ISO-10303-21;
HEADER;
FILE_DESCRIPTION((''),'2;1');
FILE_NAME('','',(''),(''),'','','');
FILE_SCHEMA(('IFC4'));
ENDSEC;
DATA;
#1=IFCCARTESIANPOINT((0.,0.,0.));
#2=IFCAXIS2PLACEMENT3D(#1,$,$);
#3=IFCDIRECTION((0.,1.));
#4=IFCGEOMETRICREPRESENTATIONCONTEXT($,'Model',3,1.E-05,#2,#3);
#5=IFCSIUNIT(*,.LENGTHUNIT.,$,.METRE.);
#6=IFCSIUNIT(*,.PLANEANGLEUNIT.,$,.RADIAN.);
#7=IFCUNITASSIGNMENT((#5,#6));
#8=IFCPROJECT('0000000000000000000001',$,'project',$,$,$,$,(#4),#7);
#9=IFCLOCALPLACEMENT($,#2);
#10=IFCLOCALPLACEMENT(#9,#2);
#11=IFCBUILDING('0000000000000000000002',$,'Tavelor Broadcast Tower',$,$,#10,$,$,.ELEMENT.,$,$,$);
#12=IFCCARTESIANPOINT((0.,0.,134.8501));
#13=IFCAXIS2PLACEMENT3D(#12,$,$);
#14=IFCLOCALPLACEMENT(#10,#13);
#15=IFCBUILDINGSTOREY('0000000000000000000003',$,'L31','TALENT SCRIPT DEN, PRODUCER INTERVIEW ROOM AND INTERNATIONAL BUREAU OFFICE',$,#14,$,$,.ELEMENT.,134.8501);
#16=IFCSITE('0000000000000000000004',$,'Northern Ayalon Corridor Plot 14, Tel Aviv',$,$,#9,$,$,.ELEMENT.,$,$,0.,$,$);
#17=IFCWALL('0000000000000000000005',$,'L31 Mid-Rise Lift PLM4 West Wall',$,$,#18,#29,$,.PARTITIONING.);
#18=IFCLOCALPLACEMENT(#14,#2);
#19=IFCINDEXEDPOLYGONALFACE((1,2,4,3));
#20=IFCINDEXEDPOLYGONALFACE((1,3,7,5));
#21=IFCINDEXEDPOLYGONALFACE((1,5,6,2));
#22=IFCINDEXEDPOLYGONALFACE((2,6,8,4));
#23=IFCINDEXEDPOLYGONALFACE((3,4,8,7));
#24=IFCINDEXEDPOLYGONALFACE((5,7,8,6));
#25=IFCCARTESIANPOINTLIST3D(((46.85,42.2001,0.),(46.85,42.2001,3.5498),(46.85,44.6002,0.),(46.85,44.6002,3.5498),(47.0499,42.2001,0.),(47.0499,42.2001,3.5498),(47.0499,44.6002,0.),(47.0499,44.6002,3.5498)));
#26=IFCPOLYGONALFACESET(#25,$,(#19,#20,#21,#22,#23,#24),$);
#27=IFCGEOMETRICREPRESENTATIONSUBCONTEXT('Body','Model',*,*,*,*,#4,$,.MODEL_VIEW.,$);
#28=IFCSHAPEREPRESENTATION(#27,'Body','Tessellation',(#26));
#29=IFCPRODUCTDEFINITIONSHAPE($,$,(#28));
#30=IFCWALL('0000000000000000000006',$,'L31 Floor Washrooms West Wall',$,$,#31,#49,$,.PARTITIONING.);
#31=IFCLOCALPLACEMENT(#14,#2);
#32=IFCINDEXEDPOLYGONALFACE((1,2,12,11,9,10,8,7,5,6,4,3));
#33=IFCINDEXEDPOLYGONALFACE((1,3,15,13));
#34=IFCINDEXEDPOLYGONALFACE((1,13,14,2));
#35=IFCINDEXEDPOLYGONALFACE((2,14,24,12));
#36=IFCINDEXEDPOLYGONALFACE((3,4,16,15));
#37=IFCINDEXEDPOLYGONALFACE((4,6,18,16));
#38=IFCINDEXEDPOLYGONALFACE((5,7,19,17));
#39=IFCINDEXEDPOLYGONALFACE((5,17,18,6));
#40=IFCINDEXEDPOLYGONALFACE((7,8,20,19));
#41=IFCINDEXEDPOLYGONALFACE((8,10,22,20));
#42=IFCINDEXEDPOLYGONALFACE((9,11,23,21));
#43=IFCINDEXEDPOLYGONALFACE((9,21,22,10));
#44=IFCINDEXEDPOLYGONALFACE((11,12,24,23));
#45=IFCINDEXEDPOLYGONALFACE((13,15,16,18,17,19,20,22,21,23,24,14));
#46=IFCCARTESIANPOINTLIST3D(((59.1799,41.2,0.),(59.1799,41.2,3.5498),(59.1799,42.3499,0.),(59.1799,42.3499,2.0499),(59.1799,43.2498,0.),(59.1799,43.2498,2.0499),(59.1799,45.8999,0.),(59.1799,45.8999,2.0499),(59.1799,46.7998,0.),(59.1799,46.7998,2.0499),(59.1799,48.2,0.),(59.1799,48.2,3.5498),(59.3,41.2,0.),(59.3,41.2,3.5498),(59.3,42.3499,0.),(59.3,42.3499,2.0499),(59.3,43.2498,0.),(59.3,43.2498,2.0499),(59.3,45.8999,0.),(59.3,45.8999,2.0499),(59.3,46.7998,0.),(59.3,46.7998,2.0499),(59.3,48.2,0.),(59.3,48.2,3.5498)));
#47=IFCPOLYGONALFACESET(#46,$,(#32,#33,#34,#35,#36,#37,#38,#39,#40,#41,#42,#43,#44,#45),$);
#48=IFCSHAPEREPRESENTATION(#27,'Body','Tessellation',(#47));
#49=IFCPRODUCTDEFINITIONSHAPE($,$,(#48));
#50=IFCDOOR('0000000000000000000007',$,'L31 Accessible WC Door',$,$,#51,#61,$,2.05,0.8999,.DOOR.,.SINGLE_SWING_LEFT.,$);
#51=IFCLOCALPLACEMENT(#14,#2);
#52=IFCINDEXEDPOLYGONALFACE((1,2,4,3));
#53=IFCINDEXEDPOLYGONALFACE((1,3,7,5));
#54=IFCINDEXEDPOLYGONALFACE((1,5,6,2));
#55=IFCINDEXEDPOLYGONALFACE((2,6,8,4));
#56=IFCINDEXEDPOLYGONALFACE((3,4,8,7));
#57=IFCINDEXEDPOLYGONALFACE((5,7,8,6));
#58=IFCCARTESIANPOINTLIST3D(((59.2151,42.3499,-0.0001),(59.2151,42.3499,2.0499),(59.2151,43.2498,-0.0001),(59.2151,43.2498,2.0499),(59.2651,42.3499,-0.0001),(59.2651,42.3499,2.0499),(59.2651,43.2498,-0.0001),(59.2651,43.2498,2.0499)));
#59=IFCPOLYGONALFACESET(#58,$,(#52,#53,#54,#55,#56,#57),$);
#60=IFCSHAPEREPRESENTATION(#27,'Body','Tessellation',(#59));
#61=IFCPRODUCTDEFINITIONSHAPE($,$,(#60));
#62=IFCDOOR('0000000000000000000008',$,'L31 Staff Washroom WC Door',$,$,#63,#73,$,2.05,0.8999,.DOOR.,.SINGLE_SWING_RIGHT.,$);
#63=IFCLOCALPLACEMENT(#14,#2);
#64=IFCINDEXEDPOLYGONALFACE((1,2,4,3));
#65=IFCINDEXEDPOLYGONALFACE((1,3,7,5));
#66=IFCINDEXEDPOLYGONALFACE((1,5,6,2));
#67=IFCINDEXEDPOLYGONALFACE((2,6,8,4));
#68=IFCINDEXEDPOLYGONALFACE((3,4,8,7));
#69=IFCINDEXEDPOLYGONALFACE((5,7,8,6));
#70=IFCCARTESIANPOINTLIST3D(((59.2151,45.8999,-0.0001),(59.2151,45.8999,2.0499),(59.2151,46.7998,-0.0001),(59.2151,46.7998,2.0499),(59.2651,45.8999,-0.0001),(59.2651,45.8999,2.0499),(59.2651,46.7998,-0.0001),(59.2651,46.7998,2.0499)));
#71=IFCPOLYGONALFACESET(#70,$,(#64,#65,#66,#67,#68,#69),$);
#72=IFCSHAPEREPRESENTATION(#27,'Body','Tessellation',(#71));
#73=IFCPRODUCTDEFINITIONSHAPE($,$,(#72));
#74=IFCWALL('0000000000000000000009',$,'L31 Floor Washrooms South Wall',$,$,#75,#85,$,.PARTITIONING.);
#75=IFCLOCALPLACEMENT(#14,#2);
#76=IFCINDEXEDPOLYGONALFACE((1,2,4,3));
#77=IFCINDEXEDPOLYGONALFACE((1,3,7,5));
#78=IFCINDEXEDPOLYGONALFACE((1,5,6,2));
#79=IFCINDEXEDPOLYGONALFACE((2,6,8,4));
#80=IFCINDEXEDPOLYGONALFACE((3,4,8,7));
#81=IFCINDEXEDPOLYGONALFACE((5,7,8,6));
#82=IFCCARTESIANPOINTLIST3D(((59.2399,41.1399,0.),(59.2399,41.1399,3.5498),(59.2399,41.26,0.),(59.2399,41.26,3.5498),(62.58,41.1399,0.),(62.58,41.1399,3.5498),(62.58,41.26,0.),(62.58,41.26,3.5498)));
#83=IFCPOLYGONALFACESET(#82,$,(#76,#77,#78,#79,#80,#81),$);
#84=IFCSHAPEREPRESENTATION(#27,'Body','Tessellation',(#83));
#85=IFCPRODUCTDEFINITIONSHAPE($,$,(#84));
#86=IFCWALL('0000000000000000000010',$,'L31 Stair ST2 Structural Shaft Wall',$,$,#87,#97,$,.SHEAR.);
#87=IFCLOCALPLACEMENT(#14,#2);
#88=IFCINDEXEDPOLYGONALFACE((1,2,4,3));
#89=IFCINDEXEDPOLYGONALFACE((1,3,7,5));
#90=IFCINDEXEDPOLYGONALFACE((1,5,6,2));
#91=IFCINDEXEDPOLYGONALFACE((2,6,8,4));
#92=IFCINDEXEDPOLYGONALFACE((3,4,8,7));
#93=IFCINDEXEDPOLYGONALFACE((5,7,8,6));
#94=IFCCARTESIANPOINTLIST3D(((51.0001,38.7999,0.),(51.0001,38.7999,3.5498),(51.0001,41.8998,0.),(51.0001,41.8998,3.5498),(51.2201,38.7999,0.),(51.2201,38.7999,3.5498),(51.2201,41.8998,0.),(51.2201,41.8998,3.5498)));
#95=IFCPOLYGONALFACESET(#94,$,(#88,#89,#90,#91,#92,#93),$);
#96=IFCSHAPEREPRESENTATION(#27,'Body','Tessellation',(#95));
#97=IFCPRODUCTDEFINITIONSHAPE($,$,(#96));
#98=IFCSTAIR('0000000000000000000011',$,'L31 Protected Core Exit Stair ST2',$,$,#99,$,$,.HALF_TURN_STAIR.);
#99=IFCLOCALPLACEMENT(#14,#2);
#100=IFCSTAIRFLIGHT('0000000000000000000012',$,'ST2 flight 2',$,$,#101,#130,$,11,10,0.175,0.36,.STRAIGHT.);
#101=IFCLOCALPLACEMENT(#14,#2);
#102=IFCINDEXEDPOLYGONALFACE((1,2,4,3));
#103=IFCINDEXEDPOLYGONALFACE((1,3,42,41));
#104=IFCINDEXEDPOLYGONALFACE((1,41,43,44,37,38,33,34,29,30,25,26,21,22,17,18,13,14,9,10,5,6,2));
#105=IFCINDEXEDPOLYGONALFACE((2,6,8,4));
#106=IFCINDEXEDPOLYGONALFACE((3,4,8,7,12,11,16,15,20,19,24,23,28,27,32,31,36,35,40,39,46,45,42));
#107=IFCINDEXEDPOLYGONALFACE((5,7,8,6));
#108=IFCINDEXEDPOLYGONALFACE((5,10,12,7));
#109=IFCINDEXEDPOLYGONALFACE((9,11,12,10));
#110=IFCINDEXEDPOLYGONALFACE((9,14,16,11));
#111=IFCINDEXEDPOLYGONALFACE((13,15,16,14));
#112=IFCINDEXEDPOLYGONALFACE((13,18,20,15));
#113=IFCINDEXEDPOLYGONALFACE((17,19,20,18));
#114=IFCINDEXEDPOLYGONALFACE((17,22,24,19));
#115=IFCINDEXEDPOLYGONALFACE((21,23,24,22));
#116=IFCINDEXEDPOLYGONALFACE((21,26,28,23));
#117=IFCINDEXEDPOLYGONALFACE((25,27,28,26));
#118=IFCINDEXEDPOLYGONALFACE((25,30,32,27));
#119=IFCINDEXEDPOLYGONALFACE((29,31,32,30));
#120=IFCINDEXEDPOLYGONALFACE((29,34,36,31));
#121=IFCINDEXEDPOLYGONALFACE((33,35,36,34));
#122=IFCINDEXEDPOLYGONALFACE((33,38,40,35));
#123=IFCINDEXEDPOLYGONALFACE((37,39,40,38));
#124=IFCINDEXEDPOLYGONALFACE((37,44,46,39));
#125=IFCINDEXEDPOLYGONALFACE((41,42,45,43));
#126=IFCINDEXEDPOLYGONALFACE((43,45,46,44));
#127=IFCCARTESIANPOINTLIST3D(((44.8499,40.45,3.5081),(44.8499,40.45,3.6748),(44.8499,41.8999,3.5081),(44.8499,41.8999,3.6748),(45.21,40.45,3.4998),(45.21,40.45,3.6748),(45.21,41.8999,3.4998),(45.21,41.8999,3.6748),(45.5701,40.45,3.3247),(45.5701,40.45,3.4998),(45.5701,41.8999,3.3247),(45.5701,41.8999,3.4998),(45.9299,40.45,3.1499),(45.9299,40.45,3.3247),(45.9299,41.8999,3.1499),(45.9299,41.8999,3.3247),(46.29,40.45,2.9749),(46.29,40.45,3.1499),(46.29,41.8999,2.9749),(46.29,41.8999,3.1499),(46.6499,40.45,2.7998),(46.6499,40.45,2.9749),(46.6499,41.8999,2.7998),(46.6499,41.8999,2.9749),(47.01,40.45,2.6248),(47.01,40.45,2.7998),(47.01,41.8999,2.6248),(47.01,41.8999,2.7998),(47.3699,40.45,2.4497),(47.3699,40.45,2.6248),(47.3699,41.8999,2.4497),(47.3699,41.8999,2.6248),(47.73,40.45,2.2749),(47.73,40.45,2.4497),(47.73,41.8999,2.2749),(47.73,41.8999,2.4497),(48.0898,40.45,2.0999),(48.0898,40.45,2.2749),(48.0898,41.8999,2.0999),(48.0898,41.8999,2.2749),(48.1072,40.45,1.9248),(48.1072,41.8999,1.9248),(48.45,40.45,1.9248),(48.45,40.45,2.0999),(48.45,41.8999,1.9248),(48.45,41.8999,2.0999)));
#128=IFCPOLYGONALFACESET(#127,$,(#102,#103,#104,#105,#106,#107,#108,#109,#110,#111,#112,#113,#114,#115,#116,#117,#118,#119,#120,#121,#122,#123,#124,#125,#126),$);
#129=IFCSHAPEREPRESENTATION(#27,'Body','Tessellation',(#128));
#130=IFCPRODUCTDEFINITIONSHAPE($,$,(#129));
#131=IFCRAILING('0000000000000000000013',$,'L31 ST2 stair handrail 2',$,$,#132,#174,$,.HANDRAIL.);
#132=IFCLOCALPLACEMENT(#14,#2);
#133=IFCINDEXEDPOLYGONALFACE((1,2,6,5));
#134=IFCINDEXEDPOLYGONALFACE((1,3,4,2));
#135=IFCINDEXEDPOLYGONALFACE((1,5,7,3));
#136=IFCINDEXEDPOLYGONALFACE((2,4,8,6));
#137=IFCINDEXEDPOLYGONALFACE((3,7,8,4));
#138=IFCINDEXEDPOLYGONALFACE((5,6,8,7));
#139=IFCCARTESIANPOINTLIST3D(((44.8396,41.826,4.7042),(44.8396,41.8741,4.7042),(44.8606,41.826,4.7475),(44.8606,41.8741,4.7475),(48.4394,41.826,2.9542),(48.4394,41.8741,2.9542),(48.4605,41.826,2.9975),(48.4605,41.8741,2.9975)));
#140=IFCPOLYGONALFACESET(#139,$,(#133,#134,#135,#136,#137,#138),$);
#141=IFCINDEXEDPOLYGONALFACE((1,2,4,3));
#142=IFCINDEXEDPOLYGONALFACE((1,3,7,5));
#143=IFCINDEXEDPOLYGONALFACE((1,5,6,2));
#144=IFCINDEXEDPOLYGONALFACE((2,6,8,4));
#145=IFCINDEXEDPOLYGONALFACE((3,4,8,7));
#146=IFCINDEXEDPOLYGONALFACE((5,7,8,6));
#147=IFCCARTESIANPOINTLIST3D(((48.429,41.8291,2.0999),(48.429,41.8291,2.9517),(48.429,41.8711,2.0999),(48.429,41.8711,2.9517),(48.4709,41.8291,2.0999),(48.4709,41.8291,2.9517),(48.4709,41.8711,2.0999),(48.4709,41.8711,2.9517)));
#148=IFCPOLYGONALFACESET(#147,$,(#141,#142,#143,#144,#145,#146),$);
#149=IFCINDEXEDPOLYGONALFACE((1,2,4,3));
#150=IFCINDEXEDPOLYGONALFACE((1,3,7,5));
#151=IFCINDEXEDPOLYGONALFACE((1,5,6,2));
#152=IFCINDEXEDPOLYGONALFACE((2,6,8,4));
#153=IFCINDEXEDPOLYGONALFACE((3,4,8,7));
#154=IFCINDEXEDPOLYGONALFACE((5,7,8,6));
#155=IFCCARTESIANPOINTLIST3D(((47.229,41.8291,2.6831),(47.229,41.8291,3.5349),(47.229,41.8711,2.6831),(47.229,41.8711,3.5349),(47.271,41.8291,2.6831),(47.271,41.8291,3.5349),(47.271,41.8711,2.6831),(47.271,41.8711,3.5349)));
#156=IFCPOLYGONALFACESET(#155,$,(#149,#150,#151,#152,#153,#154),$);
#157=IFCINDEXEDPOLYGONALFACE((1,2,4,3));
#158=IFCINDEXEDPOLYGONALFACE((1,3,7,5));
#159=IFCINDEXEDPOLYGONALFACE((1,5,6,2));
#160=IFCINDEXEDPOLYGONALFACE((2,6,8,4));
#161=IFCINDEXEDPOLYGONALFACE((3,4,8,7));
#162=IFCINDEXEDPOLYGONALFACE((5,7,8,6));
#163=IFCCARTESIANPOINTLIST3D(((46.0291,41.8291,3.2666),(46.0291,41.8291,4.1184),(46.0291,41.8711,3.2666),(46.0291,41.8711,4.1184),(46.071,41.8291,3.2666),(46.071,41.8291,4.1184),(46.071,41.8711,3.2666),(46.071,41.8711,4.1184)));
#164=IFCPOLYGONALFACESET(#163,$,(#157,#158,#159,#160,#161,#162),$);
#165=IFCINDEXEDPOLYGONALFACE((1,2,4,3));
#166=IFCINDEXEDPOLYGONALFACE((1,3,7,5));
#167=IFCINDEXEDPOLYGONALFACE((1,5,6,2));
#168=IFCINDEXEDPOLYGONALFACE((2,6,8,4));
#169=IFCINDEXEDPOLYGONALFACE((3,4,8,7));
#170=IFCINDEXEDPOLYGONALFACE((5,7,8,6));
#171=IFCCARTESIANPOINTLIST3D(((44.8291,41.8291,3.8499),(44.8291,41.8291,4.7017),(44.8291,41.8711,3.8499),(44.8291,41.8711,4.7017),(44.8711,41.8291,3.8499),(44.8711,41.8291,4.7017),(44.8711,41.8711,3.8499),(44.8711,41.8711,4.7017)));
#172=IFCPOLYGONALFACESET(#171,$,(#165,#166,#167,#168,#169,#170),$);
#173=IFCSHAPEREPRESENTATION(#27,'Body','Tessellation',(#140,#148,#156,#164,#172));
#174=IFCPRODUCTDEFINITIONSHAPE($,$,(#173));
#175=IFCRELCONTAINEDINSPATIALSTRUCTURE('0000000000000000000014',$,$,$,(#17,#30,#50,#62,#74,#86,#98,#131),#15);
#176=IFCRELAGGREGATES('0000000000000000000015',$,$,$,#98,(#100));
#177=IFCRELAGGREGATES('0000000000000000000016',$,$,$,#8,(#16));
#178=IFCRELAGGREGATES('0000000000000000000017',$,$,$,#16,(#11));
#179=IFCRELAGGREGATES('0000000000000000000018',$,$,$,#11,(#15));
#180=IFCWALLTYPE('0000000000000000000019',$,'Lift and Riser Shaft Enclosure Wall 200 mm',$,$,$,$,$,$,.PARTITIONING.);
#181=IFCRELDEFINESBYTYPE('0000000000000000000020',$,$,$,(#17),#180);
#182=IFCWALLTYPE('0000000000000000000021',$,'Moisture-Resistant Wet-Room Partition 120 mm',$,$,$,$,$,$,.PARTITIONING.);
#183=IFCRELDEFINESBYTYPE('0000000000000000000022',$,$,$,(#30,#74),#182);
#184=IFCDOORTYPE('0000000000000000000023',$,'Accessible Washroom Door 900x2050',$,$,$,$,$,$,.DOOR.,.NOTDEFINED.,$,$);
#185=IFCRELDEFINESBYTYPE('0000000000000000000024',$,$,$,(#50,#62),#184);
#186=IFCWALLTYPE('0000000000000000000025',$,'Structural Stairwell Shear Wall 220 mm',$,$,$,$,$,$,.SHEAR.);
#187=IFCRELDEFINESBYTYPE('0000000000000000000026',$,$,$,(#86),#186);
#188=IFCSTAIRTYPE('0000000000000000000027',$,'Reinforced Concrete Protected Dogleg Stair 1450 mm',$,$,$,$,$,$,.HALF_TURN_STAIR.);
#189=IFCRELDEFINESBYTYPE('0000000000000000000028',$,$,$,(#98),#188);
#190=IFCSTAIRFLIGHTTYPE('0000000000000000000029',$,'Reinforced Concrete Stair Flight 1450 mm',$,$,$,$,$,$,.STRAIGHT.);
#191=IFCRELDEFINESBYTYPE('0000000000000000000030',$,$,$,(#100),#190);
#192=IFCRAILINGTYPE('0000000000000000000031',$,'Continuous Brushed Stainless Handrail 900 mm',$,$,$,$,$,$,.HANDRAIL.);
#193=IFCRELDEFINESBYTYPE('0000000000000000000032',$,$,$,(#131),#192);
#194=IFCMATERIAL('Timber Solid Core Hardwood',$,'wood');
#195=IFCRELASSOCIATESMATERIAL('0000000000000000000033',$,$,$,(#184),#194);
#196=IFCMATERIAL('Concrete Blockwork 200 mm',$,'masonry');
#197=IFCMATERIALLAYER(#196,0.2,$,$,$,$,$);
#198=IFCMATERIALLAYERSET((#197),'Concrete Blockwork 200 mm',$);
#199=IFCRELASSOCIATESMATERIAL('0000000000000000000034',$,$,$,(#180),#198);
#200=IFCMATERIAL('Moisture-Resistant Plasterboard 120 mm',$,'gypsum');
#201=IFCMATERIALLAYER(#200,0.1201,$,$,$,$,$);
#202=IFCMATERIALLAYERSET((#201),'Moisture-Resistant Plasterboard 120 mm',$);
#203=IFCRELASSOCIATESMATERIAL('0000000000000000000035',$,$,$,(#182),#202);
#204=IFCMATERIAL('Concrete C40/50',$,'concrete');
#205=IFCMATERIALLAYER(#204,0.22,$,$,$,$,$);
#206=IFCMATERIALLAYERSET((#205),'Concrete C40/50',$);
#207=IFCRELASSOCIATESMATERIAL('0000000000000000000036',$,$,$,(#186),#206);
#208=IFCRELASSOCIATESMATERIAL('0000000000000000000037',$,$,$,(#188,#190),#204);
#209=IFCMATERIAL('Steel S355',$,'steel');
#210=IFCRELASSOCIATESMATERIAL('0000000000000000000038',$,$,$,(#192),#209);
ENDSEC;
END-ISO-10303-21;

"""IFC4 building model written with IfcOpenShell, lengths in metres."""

from ifc_helpers import new_model, si_unit, direction, frame, frame_2d, origin, origin_2d, place, context, subcontext, project, spatial, polyline, rectangle, outline, extrude, material, layer, layer_set, type_object, element, fill, aggregate, save


model = new_model("IFC4")

# Units and contexts
model_context = context("Model", 3, precision=1e-05, world=origin(), true_north=direction((0.0, 1.0)))
body_context = subcontext(model_context, "Body", "Model", "MODEL_VIEW")
ifc_project = project(units=[si_unit("LENGTHUNIT", "METRE"), si_unit("PLANEANGLEUNIT", "RADIAN")], contexts=[model_context])

# Site, building, storey
site_placement = place(None, origin())
site = spatial("IfcSite", under=ifc_project, at=site_placement, Name="Northern Ayalon Corridor Plot 14, Tel Aviv", CompositionType="ELEMENT", RefElevation=0.0)
building_placement = place(site_placement, origin())
building = spatial("IfcBuilding", under=site, at=building_placement, Name="Tavelor Broadcast Tower", CompositionType="ELEMENT")
storey_placement = place(building_placement, frame((0.0, 0.0, 134.8501)))
storey = spatial("IfcBuildingStorey", under=building, at=storey_placement, Name="L31", Description="TALENT SCRIPT DEN, PRODUCER INTERVIEW ROOM AND INTERNATIONAL BUREAU OFFICE", CompositionType="ELEMENT", Elevation=134.8501)

# Shared definitions
ifc_material_1 = material(Name="Concrete C40/50", Category="concrete")
ifc_material_2 = material(Name="Steel S355", Category="steel")

# Shared definitions
ifc_material_3 = material(Name="Timber Solid Core Hardwood", Category="wood")
door_type_1 = type_object("IfcDoorType", Name="Accessible Washroom Door 900x2050", OperationType="NOTDEFINED", PredefinedType="DOOR", material=ifc_material_3)

# Shared definitions
ifc_material_4 = material(Name="Concrete Blockwork 200 mm", Category="masonry")

# Wall
ifc_layer_1 = layer(ifc_material_4, 0.2)
ifc_layer_set_1 = layer_set([ifc_layer_1], Name="Concrete Blockwork 200 mm")
wall_type_1 = type_object("IfcWallType", Name="Lift and Riser Shaft Enclosure Wall 200 mm", PredefinedType="PARTITIONING", material=ifc_layer_set_1)
wall_1_placement = place(storey_placement, frame((46.95, 42.2, 0.0), z_axis=(0.0, 0.0, 1.0), x_axis=(0.0, 1.0, 0.0)))
element("IfcWall", 1, at=wall_1_placement, inside=storey, type_object=wall_type_1, Name="L31 Mid-Rise Lift PLM4 West Wall", PredefinedType="PARTITIONING", context=body_context, shape_type="SweptSolid", body=[
    extrude(rectangle(XDim=2.4001, YDim=0.2, at=frame_2d((1.2002, 0.0))), origin(), (0.0, 0.0, 1.0), 3.5498),
])

# Wall, openings, doors
ifc_material_5 = material(Name="Moisture-Resistant Plasterboard 120 mm", Category="gypsum")
ifc_layer_2 = layer(ifc_material_5, 0.1201)
ifc_layer_set_2 = layer_set([ifc_layer_2], Name="Moisture-Resistant Plasterboard 120 mm")
wall_type_2 = type_object("IfcWallType", Name="Moisture-Resistant Wet-Room Partition 120 mm", PredefinedType="PARTITIONING", material=ifc_layer_set_2)
wall_2_placement = place(storey_placement, frame((59.24, 41.2, 0.0), z_axis=(0.0, 0.0, 1.0), x_axis=(0.0, 1.0, 0.0)))
wall_2 = element("IfcWall", 2, at=wall_2_placement, inside=storey, type_object=wall_type_2, Name="L31 Floor Washrooms West Wall", PredefinedType="PARTITIONING", context=body_context, shape_type="SweptSolid", body=[
    extrude(rectangle(XDim=7.0, YDim=0.1201, at=frame_2d((3.5, 0.0))), origin(), (0.0, 0.0, 1.0), 3.5498),
])
opening_1_placement = place(wall_2_placement, frame((1.1499, 0.0, 0.0)))
opening_1 = element("IfcOpeningElement", 3, at=opening_1_placement, cuts=wall_2, PredefinedType="OPENING", context=body_context, shape_type="SweptSolid", body=[
    extrude(rectangle(XDim=0.8999, YDim=2.05, at=frame_2d((0.45, 1.0249))), frame((0.0, 0.0701, 0.0), z_axis=(0.0, -1.0, 0.0), x_axis=(1.0, 0.0, 0.0)), (0.0, 0.0, 1.0), 0.1401),
])
opening_2_placement = place(wall_2_placement, frame((4.7, 0.0, 0.0)))
opening_2 = element("IfcOpeningElement", 4, at=opening_2_placement, cuts=wall_2, PredefinedType="OPENING", context=body_context, shape_type="SweptSolid", body=[
    extrude(rectangle(XDim=0.8999, YDim=2.05, at=frame_2d((0.45, 1.0249))), frame((0.0, 0.0701, 0.0), z_axis=(0.0, -1.0, 0.0), x_axis=(1.0, 0.0, 0.0)), (0.0, 0.0, 1.0), 0.1401),
])
door_1_placement = place(opening_1_placement, origin())
door_1 = element("IfcDoor", 5, at=door_1_placement, inside=storey, type_object=door_type_1, Name="L31 Accessible WC Door", OperationType="SINGLE_SWING_LEFT", OverallHeight=2.05, OverallWidth=0.8999, PredefinedType="DOOR", context=body_context, shape_type="SweptSolid", body=[
    extrude(rectangle(XDim=0.8999, YDim=2.05, at=frame_2d((0.45, 1.0249))), frame((0.0, 0.0249, 0.0), z_axis=(0.0, -1.0, 0.0), x_axis=(1.0, 0.0, 0.0)), (0.0, 0.0, 1.0), 0.05),
])
fill(opening_1, door_1)
door_2_placement = place(opening_2_placement, origin())
door_2 = element("IfcDoor", 6, at=door_2_placement, inside=storey, type_object=door_type_1, Name="L31 Staff Washroom WC Door", OperationType="SINGLE_SWING_RIGHT", OverallHeight=2.05, OverallWidth=0.8999, PredefinedType="DOOR", context=body_context, shape_type="SweptSolid", body=[
    extrude(rectangle(XDim=0.8999, YDim=2.05, at=frame_2d((0.45, 1.0249))), frame((0.0, 0.0249, 0.0), z_axis=(0.0, -1.0, 0.0), x_axis=(1.0, 0.0, 0.0)), (0.0, 0.0, 1.0), 0.05),
])
fill(opening_2, door_2)

# Walls
wall_3_placement = place(storey_placement, frame((59.24, 41.2, 0.0), z_axis=(0.0, 0.0, 1.0), x_axis=(1.0, 0.0, 0.0)))
element("IfcWall", 7, at=wall_3_placement, inside=storey, type_object=wall_type_2, Name="L31 Floor Washrooms South Wall", PredefinedType="PARTITIONING", context=body_context, shape_type="SweptSolid", body=[
    extrude(rectangle(XDim=3.3401, YDim=0.1201, at=frame_2d((1.6699, 0.0))), origin(), (0.0, 0.0, 1.0), 3.5498),
])
ifc_layer_3 = layer(ifc_material_1, 0.22)
ifc_layer_set_3 = layer_set([ifc_layer_3], Name="Concrete C40/50")
wall_type_3 = type_object("IfcWallType", Name="Structural Stairwell Shear Wall 220 mm", PredefinedType="SHEAR", material=ifc_layer_set_3)
wall_4_placement = place(storey_placement, frame((51.1101, 38.8, 0.0), z_axis=(0.0, 0.0, 1.0), x_axis=(0.0, 1.0, 0.0)))
element("IfcWall", 8, at=wall_4_placement, inside=storey, type_object=wall_type_3, Name="L31 Stair ST2 Structural Shaft Wall", PredefinedType="SHEAR", context=body_context, shape_type="SweptSolid", body=[
    extrude(rectangle(XDim=3.0999, YDim=0.22, at=frame_2d((1.5498, 0.0))), origin(), (0.0, 0.0, 1.0), 3.5498),
])

# Stair, stair flight
stair_type = type_object("IfcStairType", Name="Reinforced Concrete Protected Dogleg Stair 1450 mm", PredefinedType="HALF_TURN_STAIR", material=ifc_material_1)
stair_placement = place(storey_placement, origin())
stair = element("IfcStair", 9, at=stair_placement, inside=storey, type_object=stair_type, Name="L31 Protected Core Exit Stair ST2", PredefinedType="HALF_TURN_STAIR")
stair_flight_type = type_object("IfcStairFlightType", Name="Reinforced Concrete Stair Flight 1450 mm", PredefinedType="STRAIGHT", material=ifc_material_1)
stair_flight_placement = place(storey_placement, frame((48.45, 41.175, 1.9248), z_axis=(0.0, 0.0, 1.0), x_axis=(-1.0, 0.0, 0.0)))
stair_flight = element("IfcStairFlight", 10, at=stair_flight_placement, type_object=stair_flight_type, Name="ST2 flight 2", NumberOfRisers=11, NumberOfTreads=10, PredefinedType="STRAIGHT", RiserHeight=0.175, TreadLength=0.36, context=body_context, shape_type="SweptSolid", body=[
    extrude(outline(polyline([(0.0, 0.0), (0.0, 0.175), (0.3601, 0.175), (0.3601, 0.3501), (0.72, 0.3501), (0.72, 0.5249), (1.0801, 0.5249), (1.0801, 0.7), (1.4399, 0.7), (1.4399, 0.875), (1.8, 0.875), (1.8, 1.05), (2.1599, 1.05), (2.1599, 1.2251), (2.52, 1.2251), (2.52, 1.3999), (2.8799, 1.3999), (2.8799, 1.575), (3.24, 1.575), (3.24, 1.75), (3.6001, 1.75), (3.6001, 1.925), (3.6001, 1.5833), (0.3428, 0.0), (0.0, 0.0)])), frame((0.0, 0.7251, 0.0), z_axis=(0.0, -1.0, 0.0), x_axis=(1.0, 0.0, 0.0)), (0.0, 0.0, 1.0), 1.45),
])
aggregate(stair, [stair_flight])

# Railing
railing_type_1 = type_object("IfcRailingType", Name="Continuous Brushed Stainless Handrail 900 mm", PredefinedType="HANDRAIL", material=ifc_material_2)
railing_1_placement = place(storey_placement, frame((48.45, 41.8501, 2.0999)))
element("IfcRailing", 11, at=railing_1_placement, inside=storey, type_object=railing_type_1, Name="L31 ST2 stair handrail 2", PredefinedType="HANDRAIL", context=body_context, shape_type="SweptSolid", body=[
    extrude(rectangle(XDim=0.0481, YDim=0.0481, at=origin_2d()), frame((0.0, 0.0, 0.876), z_axis=(-0.899361, 0.0, 0.437207), x_axis=(0.0, -1.0, 0.0)), (0.0, 0.0, 1.0), 4.0027),
    extrude(rectangle(XDim=0.042, YDim=0.042, at=origin_2d()), origin(), (0.0, 0.0, 1.0), 0.8518),
    extrude(rectangle(XDim=0.042, YDim=0.042, at=origin_2d()), frame((-1.2, 0.0, 0.5833)), (0.0, 0.0, 1.0), 0.8518),
    extrude(rectangle(XDim=0.042, YDim=0.042, at=origin_2d()), frame((-2.3999, 0.0, 1.1667)), (0.0, 0.0, 1.0), 0.8518),
    extrude(rectangle(XDim=0.042, YDim=0.042, at=origin_2d()), frame((-3.5999, 0.0, 1.75)), (0.0, 0.0, 1.0), 0.8518),
])

save(model, "model.ifc")
